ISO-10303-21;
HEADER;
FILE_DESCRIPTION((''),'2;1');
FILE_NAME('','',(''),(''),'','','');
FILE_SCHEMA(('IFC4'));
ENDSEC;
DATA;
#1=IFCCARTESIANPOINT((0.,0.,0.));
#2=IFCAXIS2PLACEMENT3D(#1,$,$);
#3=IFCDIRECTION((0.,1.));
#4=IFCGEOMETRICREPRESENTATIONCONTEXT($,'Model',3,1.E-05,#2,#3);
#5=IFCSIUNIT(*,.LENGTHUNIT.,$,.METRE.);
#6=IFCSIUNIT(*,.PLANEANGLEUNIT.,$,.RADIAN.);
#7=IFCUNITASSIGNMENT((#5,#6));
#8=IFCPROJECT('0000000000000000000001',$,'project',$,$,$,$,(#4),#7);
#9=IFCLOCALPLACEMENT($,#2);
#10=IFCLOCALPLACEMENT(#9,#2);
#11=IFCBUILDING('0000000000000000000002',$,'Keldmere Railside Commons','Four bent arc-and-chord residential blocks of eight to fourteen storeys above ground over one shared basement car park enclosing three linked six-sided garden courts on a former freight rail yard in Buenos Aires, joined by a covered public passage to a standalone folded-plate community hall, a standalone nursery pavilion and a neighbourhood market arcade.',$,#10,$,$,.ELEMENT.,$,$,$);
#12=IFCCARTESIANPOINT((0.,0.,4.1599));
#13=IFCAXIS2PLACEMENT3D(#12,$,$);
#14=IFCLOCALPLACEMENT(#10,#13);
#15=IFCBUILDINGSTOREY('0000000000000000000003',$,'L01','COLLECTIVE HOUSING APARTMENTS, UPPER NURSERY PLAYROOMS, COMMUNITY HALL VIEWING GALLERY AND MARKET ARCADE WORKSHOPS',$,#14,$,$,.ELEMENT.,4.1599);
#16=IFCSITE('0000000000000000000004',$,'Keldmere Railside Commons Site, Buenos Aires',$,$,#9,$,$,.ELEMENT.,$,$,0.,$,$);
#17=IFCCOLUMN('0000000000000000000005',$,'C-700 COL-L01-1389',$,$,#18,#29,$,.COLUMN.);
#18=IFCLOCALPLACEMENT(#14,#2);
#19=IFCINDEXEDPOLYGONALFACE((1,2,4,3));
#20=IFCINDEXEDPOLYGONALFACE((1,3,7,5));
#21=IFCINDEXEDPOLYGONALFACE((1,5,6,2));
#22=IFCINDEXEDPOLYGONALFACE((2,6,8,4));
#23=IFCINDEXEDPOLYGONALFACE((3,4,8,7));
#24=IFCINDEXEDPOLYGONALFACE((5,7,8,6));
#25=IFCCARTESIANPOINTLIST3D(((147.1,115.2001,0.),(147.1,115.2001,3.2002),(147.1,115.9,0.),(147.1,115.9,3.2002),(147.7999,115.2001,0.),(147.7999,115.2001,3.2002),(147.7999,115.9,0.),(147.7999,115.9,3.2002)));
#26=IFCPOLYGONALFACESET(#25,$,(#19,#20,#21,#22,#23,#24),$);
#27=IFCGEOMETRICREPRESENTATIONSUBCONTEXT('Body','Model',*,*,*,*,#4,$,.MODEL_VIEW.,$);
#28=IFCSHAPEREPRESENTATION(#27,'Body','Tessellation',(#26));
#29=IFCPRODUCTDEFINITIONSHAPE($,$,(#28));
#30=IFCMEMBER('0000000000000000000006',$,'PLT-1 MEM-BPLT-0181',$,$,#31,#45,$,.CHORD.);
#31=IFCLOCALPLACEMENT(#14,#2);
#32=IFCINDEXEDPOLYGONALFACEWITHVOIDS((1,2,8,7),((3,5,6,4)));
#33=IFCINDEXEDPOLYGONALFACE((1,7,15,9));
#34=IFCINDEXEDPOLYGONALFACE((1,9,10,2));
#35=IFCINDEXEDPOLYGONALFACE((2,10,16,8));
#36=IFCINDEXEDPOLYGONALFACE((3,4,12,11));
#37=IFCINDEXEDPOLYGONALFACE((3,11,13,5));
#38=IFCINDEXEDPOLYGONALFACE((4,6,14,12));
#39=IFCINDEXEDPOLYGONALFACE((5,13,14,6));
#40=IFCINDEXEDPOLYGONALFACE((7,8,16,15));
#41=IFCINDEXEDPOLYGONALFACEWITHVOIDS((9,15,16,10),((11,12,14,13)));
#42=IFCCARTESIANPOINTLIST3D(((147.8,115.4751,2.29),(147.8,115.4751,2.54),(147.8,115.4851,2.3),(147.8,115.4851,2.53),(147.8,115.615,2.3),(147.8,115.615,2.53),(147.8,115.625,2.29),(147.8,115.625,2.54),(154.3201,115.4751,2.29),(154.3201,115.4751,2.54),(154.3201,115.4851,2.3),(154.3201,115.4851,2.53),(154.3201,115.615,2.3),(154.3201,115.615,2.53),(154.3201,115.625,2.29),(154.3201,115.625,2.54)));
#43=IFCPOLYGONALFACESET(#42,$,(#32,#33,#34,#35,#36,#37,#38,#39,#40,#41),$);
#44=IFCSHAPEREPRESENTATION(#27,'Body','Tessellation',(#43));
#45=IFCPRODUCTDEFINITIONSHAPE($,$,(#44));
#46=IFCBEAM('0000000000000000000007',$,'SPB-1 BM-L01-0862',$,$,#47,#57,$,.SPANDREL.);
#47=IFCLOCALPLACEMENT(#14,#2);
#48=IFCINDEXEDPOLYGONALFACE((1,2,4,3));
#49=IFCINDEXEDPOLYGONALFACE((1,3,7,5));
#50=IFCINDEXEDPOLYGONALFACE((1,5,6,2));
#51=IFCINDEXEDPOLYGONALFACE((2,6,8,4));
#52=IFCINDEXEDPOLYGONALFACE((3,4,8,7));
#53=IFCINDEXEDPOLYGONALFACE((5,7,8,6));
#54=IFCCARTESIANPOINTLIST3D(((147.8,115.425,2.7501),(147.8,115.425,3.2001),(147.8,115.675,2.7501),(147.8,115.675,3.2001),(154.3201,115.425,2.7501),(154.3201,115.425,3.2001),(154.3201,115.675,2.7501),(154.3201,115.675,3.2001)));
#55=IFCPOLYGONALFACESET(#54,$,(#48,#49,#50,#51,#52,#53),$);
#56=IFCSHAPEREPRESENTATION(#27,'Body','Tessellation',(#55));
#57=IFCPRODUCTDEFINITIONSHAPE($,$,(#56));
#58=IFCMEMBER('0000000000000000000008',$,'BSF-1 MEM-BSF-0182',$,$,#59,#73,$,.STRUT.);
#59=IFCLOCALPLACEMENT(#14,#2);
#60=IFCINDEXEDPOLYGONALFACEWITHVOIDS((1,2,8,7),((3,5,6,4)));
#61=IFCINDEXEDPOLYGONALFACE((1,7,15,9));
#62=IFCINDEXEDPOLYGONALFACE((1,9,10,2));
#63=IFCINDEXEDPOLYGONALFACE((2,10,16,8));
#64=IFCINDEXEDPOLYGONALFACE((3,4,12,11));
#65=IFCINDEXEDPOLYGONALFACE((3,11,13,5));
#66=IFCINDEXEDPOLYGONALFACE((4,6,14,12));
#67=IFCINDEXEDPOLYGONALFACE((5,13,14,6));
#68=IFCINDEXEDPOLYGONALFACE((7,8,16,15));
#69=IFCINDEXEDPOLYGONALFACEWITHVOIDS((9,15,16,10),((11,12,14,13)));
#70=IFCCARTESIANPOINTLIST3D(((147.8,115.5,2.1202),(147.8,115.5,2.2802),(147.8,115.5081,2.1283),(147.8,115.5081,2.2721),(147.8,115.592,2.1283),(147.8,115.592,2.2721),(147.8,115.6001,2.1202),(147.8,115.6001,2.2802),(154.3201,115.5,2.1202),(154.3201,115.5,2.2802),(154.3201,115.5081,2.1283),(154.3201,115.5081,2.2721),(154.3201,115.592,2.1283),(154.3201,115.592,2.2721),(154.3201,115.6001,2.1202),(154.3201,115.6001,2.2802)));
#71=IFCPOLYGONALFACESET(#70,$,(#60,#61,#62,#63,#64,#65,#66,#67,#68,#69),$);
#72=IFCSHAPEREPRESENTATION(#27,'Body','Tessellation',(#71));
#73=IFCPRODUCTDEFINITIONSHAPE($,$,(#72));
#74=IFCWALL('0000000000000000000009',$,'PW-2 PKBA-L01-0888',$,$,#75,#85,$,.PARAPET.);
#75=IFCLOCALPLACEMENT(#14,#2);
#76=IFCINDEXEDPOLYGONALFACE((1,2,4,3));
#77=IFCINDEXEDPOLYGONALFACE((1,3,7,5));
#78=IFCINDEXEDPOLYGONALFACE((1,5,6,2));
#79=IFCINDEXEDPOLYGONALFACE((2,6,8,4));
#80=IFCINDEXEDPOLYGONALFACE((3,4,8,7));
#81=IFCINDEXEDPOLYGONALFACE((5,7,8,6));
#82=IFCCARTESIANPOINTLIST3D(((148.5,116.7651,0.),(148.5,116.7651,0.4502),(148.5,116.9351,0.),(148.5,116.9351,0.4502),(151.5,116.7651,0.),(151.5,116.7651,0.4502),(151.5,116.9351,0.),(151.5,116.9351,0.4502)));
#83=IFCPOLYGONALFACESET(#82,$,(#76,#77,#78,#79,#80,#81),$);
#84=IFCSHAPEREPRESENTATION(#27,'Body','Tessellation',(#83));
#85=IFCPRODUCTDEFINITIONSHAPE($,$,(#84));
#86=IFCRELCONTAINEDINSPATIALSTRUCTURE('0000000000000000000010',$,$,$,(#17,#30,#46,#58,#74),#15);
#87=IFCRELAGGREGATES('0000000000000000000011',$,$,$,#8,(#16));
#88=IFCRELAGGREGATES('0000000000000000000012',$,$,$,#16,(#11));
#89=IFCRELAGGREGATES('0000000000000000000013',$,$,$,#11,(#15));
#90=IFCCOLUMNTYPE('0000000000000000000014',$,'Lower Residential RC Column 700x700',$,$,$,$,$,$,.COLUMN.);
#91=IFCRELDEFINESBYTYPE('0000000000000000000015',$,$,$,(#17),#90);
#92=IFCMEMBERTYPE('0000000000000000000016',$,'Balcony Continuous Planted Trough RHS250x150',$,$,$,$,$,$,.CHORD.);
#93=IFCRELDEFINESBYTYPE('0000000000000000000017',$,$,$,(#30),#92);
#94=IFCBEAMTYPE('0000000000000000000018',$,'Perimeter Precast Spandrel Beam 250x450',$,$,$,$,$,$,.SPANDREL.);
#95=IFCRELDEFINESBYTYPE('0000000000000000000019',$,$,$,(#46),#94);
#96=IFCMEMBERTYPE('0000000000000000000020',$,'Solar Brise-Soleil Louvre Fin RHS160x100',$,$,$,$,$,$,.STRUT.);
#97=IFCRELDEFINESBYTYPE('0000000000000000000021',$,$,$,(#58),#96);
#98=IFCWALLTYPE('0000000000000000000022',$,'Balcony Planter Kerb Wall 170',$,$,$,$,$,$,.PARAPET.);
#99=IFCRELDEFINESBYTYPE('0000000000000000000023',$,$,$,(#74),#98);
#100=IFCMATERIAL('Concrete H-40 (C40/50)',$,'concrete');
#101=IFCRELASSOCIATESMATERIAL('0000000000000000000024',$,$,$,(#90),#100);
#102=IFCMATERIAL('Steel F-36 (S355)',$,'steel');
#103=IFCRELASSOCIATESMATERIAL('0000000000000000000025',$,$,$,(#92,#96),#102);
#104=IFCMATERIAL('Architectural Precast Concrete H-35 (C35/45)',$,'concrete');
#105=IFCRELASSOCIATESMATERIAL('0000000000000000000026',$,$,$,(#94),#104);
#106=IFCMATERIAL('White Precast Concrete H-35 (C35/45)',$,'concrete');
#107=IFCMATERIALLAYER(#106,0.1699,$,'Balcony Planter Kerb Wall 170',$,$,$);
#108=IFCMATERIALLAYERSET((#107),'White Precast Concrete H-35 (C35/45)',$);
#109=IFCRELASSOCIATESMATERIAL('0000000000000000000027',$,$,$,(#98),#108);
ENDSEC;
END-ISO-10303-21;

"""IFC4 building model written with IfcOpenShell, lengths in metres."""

from ifc_helpers import new_model, si_unit, direction, frame, frame_2d, origin, origin_2d, place, context, subcontext, project, spatial, rectangle, hollow_rectangle, extrude, material, layer, layer_set, material_profile, profile_set, type_object, element, save


model = new_model("IFC4")

# Units and contexts
model_context = context("Model", 3, precision=1e-05, world=origin(), true_north=direction((0.0, 1.0)))
body_context = subcontext(model_context, "Body", "Model", "MODEL_VIEW")
ifc_project = project(units=[si_unit("LENGTHUNIT", "METRE"), si_unit("PLANEANGLEUNIT", "RADIAN")], contexts=[model_context])

# Site, building, storey
site_placement = place(None, origin())
site = spatial("IfcSite", under=ifc_project, at=site_placement, Name="Keldmere Railside Commons Site, Buenos Aires", CompositionType="ELEMENT", RefElevation=0.0)
building_placement = place(site_placement, origin())
building = spatial("IfcBuilding", under=site, at=building_placement, Name="Keldmere Railside Commons", Description="Four bent arc-and-chord residential blocks of eight to fourteen storeys above ground over one shared basement car park enclosing three linked six-sided garden courts on a former freight rail yard in Buenos Aires, joined by a covered public passage to a standalone folded-plate community hall, a standalone nursery pavilion and a neighbourhood market arcade.", CompositionType="ELEMENT")
storey_placement = place(building_placement, frame((0.0, 0.0, 4.1599)))
storey = spatial("IfcBuildingStorey", under=building, at=storey_placement, Name="L01", Description="COLLECTIVE HOUSING APARTMENTS, UPPER NURSERY PLAYROOMS, COMMUNITY HALL VIEWING GALLERY AND MARKET ARCADE WORKSHOPS", CompositionType="ELEMENT", Elevation=4.1599)

# Column
ifc_material_1 = material(Name="Concrete H-40 (C40/50)", Category="concrete")
ifc_material_profile_1 = material_profile(ifc_material_1, rectangle(XDim=0.7, YDim=0.7, at=origin_2d()), Name="RC-700x700")
ifc_profile_set_1 = profile_set([ifc_material_profile_1], Name="Concrete H-40 (C40/50)")
column_type = type_object("IfcColumnType", Name="Lower Residential RC Column 700x700", PredefinedType="COLUMN", material=ifc_profile_set_1)
column_placement = place(storey_placement, frame((147.45, 115.55, 0.0), z_axis=(0.0, 0.0, 1.0), x_axis=(1.0, 0.0, 0.0)))
element("IfcColumn", 1, at=column_placement, inside=storey, type_object=column_type, Name="C-700 COL-L01-1389", PredefinedType="COLUMN", context=body_context, shape_type="SweptSolid", body=[
    extrude(rectangle(XDim=0.7, YDim=0.7, at=origin_2d()), origin(), (0.0, 0.0, 1.0), 3.2002),
])

# Member
ifc_material_2 = material(Name="Steel F-36 (S355)", Category="steel")
ifc_material_profile_2 = material_profile(ifc_material_2, hollow_rectangle(XDim=0.1499, YDim=0.25, WallThickness=0.01, at=origin_2d()), Name="RHS-250x150x10")
ifc_profile_set_2 = profile_set([ifc_material_profile_2], Name="Steel F-36 (S355)")
member_type_1 = type_object("IfcMemberType", Name="Balcony Continuous Planted Trough RHS250x150", PredefinedType="CHORD", material=ifc_profile_set_2)
member_1_placement = place(storey_placement, frame((147.8, 115.55, 2.415), z_axis=(1.0, 0.0, 0.0), x_axis=(0.0, 1.0, 0.0)))
element("IfcMember", 2, at=member_1_placement, inside=storey, type_object=member_type_1, Name="PLT-1 MEM-BPLT-0181", PredefinedType="CHORD", context=body_context, shape_type="SweptSolid", body=[
    extrude(hollow_rectangle(XDim=0.1499, YDim=0.25, WallThickness=0.01, at=origin_2d()), origin(), (0.0, 0.0, 1.0), 6.52),
])

# Beam
ifc_material_3 = material(Name="Architectural Precast Concrete H-35 (C35/45)", Category="concrete")
ifc_material_profile_3 = material_profile(ifc_material_3, rectangle(XDim=0.25, YDim=0.45, at=origin_2d()), Name="RC-250x450")
ifc_profile_set_3 = profile_set([ifc_material_profile_3], Name="Architectural Precast Concrete H-35 (C35/45)")
beam_type = type_object("IfcBeamType", Name="Perimeter Precast Spandrel Beam 250x450", PredefinedType="SPANDREL", material=ifc_profile_set_3)
beam_placement = place(storey_placement, frame((147.8, 115.55, 2.9751), z_axis=(1.0, 0.0, 0.0), x_axis=(0.0, 1.0, 0.0)))
element("IfcBeam", 3, at=beam_placement, inside=storey, type_object=beam_type, Name="SPB-1 BM-L01-0862", PredefinedType="SPANDREL", context=body_context, shape_type="SweptSolid", body=[
    extrude(rectangle(XDim=0.25, YDim=0.45, at=origin_2d()), origin(), (0.0, 0.0, 1.0), 6.52),
])

# Member
ifc_material_profile_4 = material_profile(ifc_material_2, hollow_rectangle(XDim=0.1001, YDim=0.1599, WallThickness=0.0081, at=origin_2d()), Name="RHS-160x100x8")
ifc_profile_set_4 = profile_set([ifc_material_profile_4], Name="Steel F-36 (S355)")
member_type_2 = type_object("IfcMemberType", Name="Solar Brise-Soleil Louvre Fin RHS160x100", PredefinedType="STRUT", material=ifc_profile_set_4)
member_2_placement = place(storey_placement, frame((147.8, 115.55, 2.2002), z_axis=(1.0, 0.0, 0.0), x_axis=(0.0, 1.0, 0.0)))
element("IfcMember", 4, at=member_2_placement, inside=storey, type_object=member_type_2, Name="BSF-1 MEM-BSF-0182", PredefinedType="STRUT", context=body_context, shape_type="SweptSolid", body=[
    extrude(hollow_rectangle(XDim=0.1001, YDim=0.1599, WallThickness=0.0081, at=origin_2d()), origin(), (0.0, 0.0, 1.0), 6.52),
])

# Wall
ifc_material_4 = material(Name="White Precast Concrete H-35 (C35/45)", Category="concrete")
ifc_layer_1 = layer(ifc_material_4, 0.1699, Name="Balcony Planter Kerb Wall 170")
ifc_layer_set_1 = layer_set([ifc_layer_1], Name="White Precast Concrete H-35 (C35/45)")
wall_type_1 = type_object("IfcWallType", Name="Balcony Planter Kerb Wall 170", PredefinedType="PARAPET", material=ifc_layer_set_1)
wall_1_placement = place(storey_placement, frame((148.5, 116.8501, 0.0), z_axis=(0.0, 0.0, 1.0), x_axis=(1.0, 0.0, 0.0)))
element("IfcWall", 5, at=wall_1_placement, inside=storey, type_object=wall_type_1, Name="PW-2 PKBA-L01-0888", PredefinedType="PARAPET", context=body_context, shape_type="SweptSolid", body=[
    extrude(rectangle(XDim=3.0, YDim=0.1699, at=frame_2d((1.5, 0.0))), origin(), (0.0, 0.0, 1.0), 0.4502),
])

save(model, "model.ifc")
